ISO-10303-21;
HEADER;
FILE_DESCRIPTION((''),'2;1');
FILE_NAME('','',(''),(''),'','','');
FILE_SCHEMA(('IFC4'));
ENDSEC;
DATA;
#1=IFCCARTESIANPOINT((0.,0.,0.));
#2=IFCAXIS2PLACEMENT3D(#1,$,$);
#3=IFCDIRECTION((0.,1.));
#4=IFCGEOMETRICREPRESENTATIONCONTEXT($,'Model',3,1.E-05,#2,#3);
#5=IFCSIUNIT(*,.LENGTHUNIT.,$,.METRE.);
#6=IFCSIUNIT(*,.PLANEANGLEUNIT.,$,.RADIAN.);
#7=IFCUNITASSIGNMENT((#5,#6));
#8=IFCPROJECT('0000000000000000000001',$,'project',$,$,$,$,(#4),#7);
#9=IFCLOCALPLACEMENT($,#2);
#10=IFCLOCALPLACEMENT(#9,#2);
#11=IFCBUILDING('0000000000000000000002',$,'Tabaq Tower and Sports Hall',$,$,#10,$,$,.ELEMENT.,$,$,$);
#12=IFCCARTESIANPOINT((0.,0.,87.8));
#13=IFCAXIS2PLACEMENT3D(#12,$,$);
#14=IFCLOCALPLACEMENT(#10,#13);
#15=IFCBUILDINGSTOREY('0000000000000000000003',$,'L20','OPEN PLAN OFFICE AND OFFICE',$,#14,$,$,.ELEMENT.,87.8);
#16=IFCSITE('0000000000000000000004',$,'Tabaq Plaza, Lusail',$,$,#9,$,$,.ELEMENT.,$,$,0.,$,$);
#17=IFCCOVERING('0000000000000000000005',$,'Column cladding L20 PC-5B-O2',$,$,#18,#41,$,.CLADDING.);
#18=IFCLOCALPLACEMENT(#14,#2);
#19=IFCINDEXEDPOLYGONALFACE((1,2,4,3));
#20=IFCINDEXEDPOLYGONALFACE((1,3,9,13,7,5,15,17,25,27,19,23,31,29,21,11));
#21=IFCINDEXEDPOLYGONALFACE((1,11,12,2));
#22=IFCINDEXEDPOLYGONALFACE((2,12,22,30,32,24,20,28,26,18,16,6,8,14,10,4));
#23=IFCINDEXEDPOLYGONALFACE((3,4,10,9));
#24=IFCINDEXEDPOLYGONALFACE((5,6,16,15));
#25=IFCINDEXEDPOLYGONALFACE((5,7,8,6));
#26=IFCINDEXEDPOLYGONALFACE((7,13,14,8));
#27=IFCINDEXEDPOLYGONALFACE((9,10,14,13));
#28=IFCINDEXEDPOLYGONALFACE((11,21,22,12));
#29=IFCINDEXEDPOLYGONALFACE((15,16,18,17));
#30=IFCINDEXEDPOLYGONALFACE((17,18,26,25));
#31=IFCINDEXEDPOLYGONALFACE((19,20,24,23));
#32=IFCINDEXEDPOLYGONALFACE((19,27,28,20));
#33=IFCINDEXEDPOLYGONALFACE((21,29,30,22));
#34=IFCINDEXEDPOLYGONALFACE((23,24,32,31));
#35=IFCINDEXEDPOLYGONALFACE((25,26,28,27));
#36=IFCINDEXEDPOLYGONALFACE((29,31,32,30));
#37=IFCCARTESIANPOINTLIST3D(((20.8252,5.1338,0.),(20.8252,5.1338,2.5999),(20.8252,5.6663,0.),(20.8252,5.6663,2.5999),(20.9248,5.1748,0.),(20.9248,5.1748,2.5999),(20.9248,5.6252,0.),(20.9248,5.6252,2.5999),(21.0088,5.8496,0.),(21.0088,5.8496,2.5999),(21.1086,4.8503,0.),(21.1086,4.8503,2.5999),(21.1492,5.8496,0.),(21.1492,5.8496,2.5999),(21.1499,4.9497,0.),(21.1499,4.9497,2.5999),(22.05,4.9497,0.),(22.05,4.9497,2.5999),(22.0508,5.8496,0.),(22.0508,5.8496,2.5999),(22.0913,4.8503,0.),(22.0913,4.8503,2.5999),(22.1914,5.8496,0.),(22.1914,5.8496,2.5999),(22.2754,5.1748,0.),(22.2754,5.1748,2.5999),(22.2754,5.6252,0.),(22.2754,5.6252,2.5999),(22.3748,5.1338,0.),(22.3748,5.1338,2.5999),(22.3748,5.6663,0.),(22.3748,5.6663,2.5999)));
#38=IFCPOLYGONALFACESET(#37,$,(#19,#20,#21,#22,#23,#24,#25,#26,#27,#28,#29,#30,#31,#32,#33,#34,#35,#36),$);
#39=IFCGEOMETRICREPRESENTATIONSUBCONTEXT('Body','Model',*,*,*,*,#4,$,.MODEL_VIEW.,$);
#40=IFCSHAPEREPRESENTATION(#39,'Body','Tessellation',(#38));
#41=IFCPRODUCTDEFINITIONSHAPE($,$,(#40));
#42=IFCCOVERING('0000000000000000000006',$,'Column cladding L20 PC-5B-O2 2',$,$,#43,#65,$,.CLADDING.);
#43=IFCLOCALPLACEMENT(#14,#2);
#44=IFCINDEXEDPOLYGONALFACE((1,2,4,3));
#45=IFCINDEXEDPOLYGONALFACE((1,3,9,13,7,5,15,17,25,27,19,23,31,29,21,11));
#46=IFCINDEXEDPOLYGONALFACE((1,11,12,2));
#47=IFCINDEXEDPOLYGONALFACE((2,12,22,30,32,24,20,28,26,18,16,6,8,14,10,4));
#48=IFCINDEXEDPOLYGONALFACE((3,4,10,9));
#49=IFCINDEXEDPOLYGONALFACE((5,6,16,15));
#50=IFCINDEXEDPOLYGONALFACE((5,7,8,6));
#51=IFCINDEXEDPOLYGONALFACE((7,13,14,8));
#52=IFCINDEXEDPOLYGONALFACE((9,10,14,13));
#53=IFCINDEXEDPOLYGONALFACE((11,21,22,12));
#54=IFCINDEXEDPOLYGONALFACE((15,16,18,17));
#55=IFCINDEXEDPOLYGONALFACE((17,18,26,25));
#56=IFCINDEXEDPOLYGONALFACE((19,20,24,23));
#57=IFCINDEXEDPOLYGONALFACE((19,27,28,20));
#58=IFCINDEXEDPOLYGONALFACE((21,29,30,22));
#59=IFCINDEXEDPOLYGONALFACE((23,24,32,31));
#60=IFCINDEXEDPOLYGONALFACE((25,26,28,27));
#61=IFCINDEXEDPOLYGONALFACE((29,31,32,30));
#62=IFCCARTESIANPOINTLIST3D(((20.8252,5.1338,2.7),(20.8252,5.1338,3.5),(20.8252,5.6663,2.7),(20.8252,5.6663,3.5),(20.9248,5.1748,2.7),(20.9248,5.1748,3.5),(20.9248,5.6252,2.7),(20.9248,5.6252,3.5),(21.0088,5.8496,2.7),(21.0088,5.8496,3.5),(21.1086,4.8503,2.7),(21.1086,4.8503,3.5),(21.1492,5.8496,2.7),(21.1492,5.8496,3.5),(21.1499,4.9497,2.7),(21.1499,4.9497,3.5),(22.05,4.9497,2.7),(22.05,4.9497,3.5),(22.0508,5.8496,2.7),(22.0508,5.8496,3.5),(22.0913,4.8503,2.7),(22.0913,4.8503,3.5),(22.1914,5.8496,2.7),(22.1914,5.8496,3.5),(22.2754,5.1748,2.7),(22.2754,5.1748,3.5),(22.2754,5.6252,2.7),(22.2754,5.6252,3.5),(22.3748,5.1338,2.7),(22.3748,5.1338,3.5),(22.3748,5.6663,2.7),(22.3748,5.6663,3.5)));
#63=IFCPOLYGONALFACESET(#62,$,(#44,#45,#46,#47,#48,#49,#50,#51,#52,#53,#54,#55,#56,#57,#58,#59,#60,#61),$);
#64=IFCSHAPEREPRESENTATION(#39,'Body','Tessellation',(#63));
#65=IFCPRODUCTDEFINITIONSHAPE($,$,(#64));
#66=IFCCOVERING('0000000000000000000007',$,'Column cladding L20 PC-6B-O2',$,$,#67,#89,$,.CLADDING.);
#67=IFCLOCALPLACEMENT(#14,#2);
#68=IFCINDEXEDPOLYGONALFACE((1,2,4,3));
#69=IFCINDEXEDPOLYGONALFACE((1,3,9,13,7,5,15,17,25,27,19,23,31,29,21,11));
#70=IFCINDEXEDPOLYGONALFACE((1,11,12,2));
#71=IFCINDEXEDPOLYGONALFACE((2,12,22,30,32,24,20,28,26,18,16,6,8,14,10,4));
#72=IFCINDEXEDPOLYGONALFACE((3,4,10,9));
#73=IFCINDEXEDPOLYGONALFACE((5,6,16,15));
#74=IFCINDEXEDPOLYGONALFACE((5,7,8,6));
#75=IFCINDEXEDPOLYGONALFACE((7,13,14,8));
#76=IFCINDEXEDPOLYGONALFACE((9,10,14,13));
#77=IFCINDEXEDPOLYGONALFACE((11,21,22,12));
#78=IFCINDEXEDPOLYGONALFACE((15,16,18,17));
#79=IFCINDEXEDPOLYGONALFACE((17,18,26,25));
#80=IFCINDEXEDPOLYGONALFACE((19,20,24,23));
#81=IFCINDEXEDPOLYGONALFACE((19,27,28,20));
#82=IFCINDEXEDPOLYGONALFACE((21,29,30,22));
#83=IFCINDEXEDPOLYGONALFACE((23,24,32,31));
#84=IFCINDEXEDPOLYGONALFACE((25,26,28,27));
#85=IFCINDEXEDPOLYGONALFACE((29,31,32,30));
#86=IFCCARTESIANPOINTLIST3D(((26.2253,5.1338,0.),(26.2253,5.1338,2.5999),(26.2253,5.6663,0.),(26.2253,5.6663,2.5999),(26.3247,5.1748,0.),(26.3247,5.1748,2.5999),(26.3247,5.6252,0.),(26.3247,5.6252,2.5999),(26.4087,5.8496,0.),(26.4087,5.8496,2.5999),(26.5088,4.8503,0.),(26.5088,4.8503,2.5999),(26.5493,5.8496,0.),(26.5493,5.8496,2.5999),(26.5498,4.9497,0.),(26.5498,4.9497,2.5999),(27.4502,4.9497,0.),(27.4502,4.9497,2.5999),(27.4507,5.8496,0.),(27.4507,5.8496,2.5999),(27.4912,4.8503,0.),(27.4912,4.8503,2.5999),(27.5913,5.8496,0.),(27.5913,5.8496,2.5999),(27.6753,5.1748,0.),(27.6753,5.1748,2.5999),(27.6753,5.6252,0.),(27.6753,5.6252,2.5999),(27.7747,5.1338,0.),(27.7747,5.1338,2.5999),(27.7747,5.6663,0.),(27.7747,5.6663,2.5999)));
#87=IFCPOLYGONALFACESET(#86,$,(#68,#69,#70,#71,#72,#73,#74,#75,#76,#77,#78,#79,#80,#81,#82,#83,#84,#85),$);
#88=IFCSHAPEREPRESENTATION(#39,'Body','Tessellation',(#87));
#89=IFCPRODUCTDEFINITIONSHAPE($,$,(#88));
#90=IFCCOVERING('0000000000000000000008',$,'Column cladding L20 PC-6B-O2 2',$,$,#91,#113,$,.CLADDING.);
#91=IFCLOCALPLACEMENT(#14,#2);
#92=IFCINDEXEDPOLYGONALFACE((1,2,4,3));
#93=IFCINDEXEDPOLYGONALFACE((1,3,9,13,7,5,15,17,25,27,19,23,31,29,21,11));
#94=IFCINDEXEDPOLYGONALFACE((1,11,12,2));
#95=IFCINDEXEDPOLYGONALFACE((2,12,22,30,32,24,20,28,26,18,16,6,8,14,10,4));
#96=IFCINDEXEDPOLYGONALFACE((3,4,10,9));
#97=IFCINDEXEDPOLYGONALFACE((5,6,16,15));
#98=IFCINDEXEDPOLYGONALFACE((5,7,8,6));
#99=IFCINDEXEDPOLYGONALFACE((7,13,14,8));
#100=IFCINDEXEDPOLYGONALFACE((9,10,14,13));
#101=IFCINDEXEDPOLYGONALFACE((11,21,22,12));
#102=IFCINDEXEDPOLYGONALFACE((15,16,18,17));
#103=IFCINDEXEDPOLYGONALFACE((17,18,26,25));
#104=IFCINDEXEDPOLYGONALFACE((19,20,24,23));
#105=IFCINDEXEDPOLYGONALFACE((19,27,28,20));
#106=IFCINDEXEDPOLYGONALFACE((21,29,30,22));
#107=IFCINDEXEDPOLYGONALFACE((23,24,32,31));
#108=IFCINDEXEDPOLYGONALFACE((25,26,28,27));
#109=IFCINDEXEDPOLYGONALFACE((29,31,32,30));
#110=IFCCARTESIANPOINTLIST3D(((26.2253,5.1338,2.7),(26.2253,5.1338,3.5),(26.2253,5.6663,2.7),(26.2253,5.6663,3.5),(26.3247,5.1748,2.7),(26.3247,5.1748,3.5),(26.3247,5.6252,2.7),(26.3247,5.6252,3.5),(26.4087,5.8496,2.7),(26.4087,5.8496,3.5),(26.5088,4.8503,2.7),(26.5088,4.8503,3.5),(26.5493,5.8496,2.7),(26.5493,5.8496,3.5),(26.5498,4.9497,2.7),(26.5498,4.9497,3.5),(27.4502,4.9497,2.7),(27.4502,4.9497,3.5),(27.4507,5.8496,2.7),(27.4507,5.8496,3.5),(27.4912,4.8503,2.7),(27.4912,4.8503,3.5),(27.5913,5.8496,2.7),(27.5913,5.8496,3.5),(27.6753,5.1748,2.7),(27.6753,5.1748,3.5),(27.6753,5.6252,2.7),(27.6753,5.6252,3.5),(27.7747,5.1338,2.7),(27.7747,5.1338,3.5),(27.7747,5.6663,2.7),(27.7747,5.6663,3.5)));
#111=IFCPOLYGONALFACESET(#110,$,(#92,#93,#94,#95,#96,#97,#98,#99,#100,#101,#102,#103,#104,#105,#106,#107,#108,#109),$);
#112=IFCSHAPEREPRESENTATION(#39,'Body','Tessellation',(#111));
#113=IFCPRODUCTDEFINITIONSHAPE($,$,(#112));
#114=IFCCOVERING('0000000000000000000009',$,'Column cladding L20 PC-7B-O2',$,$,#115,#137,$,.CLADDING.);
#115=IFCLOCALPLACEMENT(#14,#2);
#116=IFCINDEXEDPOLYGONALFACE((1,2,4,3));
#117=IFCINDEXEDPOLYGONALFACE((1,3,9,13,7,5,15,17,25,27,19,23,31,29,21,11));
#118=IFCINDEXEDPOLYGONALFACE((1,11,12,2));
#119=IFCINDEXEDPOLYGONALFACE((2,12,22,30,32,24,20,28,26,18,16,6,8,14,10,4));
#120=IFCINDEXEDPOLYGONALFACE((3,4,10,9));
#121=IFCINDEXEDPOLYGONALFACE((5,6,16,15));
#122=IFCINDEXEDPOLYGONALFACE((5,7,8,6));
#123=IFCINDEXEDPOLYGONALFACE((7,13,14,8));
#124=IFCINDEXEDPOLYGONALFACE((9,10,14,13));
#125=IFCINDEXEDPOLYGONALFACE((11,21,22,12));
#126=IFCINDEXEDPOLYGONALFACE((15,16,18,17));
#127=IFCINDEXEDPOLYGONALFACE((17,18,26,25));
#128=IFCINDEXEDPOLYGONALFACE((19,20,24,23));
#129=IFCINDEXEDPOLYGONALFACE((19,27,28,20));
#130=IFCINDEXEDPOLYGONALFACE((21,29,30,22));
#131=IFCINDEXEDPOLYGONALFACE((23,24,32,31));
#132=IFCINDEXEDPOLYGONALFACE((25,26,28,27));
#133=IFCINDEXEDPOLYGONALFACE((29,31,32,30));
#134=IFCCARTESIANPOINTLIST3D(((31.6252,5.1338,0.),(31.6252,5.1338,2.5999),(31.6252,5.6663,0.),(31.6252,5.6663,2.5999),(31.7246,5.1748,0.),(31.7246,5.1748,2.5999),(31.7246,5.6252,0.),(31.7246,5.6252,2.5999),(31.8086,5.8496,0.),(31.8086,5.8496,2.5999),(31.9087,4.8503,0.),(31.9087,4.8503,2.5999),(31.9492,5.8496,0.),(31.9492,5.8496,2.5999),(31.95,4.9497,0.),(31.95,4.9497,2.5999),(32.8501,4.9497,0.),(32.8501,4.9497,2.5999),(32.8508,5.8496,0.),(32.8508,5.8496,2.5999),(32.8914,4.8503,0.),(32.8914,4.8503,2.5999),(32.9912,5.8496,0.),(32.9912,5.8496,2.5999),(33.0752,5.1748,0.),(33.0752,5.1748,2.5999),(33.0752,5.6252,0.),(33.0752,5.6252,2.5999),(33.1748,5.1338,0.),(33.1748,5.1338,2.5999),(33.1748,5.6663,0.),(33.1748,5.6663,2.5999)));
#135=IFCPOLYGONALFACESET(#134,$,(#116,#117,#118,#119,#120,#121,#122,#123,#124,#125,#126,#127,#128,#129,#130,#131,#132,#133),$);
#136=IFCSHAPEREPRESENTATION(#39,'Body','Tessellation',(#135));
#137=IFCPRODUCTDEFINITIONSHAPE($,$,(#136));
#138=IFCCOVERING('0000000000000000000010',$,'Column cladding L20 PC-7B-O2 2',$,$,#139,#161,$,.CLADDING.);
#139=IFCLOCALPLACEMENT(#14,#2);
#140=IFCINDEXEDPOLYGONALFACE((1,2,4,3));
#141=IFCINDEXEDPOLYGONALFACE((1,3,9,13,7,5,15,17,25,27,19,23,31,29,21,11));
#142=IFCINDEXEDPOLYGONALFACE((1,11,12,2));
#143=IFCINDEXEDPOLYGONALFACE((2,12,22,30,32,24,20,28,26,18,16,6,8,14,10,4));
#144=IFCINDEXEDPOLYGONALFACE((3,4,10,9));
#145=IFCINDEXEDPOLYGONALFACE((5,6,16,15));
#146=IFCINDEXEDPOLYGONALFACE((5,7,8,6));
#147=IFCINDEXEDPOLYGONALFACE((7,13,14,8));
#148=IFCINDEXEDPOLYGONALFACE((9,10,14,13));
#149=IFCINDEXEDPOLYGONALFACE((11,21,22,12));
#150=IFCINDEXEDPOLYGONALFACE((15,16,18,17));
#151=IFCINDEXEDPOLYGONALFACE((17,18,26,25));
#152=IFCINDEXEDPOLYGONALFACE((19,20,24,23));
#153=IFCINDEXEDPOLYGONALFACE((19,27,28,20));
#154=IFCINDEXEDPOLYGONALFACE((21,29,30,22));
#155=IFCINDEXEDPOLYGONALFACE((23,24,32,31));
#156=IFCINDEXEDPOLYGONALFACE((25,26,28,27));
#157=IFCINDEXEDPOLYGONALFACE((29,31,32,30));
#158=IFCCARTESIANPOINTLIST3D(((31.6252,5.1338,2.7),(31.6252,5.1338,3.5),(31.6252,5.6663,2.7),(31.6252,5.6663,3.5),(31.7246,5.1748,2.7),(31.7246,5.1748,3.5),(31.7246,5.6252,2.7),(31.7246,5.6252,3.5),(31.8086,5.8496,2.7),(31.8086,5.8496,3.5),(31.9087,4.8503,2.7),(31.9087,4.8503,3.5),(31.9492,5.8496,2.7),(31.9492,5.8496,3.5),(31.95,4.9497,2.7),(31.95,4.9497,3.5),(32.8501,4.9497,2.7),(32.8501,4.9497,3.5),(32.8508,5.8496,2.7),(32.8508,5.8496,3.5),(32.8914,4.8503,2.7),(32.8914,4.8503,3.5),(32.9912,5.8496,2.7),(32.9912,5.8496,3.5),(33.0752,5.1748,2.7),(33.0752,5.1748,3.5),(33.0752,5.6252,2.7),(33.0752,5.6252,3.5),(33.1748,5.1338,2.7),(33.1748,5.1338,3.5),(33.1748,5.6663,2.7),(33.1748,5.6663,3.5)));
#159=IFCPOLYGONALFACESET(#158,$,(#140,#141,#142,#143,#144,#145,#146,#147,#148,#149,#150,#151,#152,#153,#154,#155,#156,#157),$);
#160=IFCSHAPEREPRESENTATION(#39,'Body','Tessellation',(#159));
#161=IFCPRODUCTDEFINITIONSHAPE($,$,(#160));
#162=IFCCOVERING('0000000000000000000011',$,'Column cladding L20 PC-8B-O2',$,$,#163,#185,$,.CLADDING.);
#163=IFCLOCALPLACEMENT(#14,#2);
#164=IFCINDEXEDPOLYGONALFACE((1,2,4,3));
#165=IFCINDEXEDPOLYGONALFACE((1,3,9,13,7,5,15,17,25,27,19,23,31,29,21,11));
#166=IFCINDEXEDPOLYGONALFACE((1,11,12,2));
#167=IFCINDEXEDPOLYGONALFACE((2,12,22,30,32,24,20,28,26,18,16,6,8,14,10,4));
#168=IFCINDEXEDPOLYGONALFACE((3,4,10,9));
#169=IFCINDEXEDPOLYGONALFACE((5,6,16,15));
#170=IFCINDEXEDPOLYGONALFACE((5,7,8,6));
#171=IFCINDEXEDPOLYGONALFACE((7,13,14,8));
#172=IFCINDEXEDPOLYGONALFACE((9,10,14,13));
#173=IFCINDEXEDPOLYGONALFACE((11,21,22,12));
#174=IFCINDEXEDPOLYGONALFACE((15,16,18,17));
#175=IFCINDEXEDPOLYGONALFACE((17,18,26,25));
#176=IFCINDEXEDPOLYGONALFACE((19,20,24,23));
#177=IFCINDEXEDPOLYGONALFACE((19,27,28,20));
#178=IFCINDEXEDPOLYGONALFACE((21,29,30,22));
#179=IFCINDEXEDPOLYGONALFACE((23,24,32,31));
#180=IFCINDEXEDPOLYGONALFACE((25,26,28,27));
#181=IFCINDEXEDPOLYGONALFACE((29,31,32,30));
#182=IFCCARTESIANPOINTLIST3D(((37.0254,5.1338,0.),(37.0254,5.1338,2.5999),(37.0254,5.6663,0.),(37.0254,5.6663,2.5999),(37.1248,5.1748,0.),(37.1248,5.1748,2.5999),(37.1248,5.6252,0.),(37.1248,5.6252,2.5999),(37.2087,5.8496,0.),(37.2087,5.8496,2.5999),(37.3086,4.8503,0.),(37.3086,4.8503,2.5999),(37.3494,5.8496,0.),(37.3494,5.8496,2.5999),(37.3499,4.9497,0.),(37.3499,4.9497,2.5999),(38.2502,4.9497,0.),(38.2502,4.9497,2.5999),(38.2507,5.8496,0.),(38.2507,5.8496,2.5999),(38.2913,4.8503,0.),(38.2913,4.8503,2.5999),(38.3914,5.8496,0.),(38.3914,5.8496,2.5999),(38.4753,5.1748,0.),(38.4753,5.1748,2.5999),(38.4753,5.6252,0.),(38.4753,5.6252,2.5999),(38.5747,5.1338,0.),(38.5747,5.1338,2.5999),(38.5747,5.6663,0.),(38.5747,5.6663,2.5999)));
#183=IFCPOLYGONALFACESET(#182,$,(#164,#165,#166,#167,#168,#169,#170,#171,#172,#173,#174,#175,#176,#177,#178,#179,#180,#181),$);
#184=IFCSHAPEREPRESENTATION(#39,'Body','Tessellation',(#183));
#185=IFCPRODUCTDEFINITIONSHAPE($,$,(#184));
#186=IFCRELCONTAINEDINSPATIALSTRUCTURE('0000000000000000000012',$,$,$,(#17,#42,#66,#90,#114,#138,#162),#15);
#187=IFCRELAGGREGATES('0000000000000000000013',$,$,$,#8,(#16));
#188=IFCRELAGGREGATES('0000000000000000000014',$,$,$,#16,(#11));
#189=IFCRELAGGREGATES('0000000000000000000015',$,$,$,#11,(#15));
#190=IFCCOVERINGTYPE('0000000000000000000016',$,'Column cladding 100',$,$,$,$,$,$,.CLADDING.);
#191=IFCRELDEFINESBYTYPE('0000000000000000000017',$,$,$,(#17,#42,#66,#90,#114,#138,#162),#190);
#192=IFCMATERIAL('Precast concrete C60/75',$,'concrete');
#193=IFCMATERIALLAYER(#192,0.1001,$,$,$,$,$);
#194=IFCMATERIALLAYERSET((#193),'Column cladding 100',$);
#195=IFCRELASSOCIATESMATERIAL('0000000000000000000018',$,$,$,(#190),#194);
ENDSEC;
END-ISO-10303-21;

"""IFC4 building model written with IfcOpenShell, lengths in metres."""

from ifc_helpers import new_model, si_unit, direction, frame, origin, place, context, subcontext, project, spatial, polyline, outline, extrude, material, layer, layer_set, type_object, element, save


model = new_model("IFC4")

# Units and contexts
model_context = context("Model", 3, precision=1e-05, world=origin(), true_north=direction((0.0, 1.0)))
body_context = subcontext(model_context, "Body", "Model", "MODEL_VIEW")
ifc_project = project(units=[si_unit("LENGTHUNIT", "METRE"), si_unit("PLANEANGLEUNIT", "RADIAN")], contexts=[model_context])

# Site, building, storey
site_placement = place(None, origin())
site = spatial("IfcSite", under=ifc_project, at=site_placement, Name="Tabaq Plaza, Lusail", CompositionType="ELEMENT", RefElevation=0.0)
building_placement = place(site_placement, origin())
building = spatial("IfcBuilding", under=site, at=building_placement, Name="Tabaq Tower and Sports Hall", CompositionType="ELEMENT")
storey_placement = place(building_placement, frame((0.0, 0.0, 87.8)))
storey = spatial("IfcBuildingStorey", under=building, at=storey_placement, Name="L20", Description="OPEN PLAN OFFICE AND OFFICE", CompositionType="ELEMENT", Elevation=87.8)

# Coverings
ifc_material_1 = material(Name="Precast concrete C60/75", Category="concrete")
ifc_layer_1 = layer(ifc_material_1, 0.1001)
ifc_layer_set_1 = layer_set([ifc_layer_1], Name="Column cladding 100")
covering_type = type_object("IfcCoveringType", Name="Column cladding 100", PredefinedType="CLADDING", material=ifc_layer_set_1)
covering_1_placement = place(storey_placement, origin())
element("IfcCovering", 1, at=covering_1_placement, inside=storey, type_object=covering_type, Name="Column cladding L20 PC-5B-O2", PredefinedType="CLADDING", context=body_context, shape_type="SweptSolid", body=[
    extrude(outline(polyline([(20.8252, 5.6663), (21.0088, 5.8496), (21.1492, 5.8496), (20.9248, 5.6252), (20.9248, 5.1748), (21.1499, 4.9497), (22.05, 4.9497), (22.2754, 5.1748), (22.2754, 5.6252), (22.0508, 5.8496), (22.1914, 5.8496), (22.3748, 5.6663), (22.3748, 5.1338), (22.0913, 4.8503), (21.1086, 4.8503), (20.8252, 5.1338), (20.8252, 5.6663)])), origin(), (0.0, 0.0, 1.0), 2.5999),
])
covering_2_placement = place(storey_placement, frame((0.0, 0.0, 2.7)))
element("IfcCovering", 2, at=covering_2_placement, inside=storey, type_object=covering_type, Name="Column cladding L20 PC-5B-O2 2", PredefinedType="CLADDING", context=body_context, shape_type="SweptSolid", body=[
    extrude(outline(polyline([(20.8252, 5.6663), (21.0088, 5.8496), (21.1492, 5.8496), (20.9248, 5.6252), (20.9248, 5.1748), (21.1499, 4.9497), (22.05, 4.9497), (22.2754, 5.1748), (22.2754, 5.6252), (22.0508, 5.8496), (22.1914, 5.8496), (22.3748, 5.6663), (22.3748, 5.1338), (22.0913, 4.8503), (21.1086, 4.8503), (20.8252, 5.1338), (20.8252, 5.6663)])), origin(), (0.0, 0.0, 1.0), 0.8),
])
covering_3_placement = place(storey_placement, origin())
element("IfcCovering", 3, at=covering_3_placement, inside=storey, type_object=covering_type, Name="Column cladding L20 PC-6B-O2", PredefinedType="CLADDING", context=body_context, shape_type="SweptSolid", body=[
    extrude(outline(polyline([(26.2253, 5.6663), (26.4087, 5.8496), (26.5493, 5.8496), (26.3247, 5.6252), (26.3247, 5.1748), (26.5498, 4.9497), (27.4502, 4.9497), (27.6753, 5.1748), (27.6753, 5.6252), (27.4507, 5.8496), (27.5913, 5.8496), (27.7747, 5.6663), (27.7747, 5.1338), (27.4912, 4.8503), (26.5088, 4.8503), (26.2253, 5.1338), (26.2253, 5.6663)])), origin(), (0.0, 0.0, 1.0), 2.5999),
])
covering_4_placement = place(storey_placement, frame((0.0, 0.0, 2.7)))
element("IfcCovering", 4, at=covering_4_placement, inside=storey, type_object=covering_type, Name="Column cladding L20 PC-6B-O2 2", PredefinedType="CLADDING", context=body_context, shape_type="SweptSolid", body=[
    extrude(outline(polyline([(26.2253, 5.6663), (26.4087, 5.8496), (26.5493, 5.8496), (26.3247, 5.6252), (26.3247, 5.1748), (26.5498, 4.9497), (27.4502, 4.9497), (27.6753, 5.1748), (27.6753, 5.6252), (27.4507, 5.8496), (27.5913, 5.8496), (27.7747, 5.6663), (27.7747, 5.1338), (27.4912, 4.8503), (26.5088, 4.8503), (26.2253, 5.1338), (26.2253, 5.6663)])), origin(), (0.0, 0.0, 1.0), 0.8),
])
covering_5_placement = place(storey_placement, origin())
element("IfcCovering", 5, at=covering_5_placement, inside=storey, type_object=covering_type, Name="Column cladding L20 PC-7B-O2", PredefinedType="CLADDING", context=body_context, shape_type="SweptSolid", body=[
    extrude(outline(polyline([(31.6252, 5.6663), (31.8086, 5.8496), (31.9492, 5.8496), (31.7246, 5.6252), (31.7246, 5.1748), (31.95, 4.9497), (32.8501, 4.9497), (33.0752, 5.1748), (33.0752, 5.6252), (32.8508, 5.8496), (32.9912, 5.8496), (33.1748, 5.6663), (33.1748, 5.1338), (32.8914, 4.8503), (31.9087, 4.8503), (31.6252, 5.1338), (31.6252, 5.6663)])), origin(), (0.0, 0.0, 1.0), 2.5999),
])
covering_6_placement = place(storey_placement, frame((0.0, 0.0, 2.7)))
element("IfcCovering", 6, at=covering_6_placement, inside=storey, type_object=covering_type, Name="Column cladding L20 PC-7B-O2 2", PredefinedType="CLADDING", context=body_context, shape_type="SweptSolid", body=[
    extrude(outline(polyline([(31.6252, 5.6663), (31.8086, 5.8496), (31.9492, 5.8496), (31.7246, 5.6252), (31.7246, 5.1748), (31.95, 4.9497), (32.8501, 4.9497), (33.0752, 5.1748), (33.0752, 5.6252), (32.8508, 5.8496), (32.9912, 5.8496), (33.1748, 5.6663), (33.1748, 5.1338), (32.8914, 4.8503), (31.9087, 4.8503), (31.6252, 5.1338), (31.6252, 5.6663)])), origin(), (0.0, 0.0, 1.0), 0.8),
])
covering_7_placement = place(storey_placement, origin())
element("IfcCovering", 7, at=covering_7_placement, inside=storey, type_object=covering_type, Name="Column cladding L20 PC-8B-O2", PredefinedType="CLADDING", context=body_context, shape_type="SweptSolid", body=[
    extrude(outline(polyline([(37.0254, 5.6663), (37.2087, 5.8496), (37.3494, 5.8496), (37.1248, 5.6252), (37.1248, 5.1748), (37.3499, 4.9497), (38.2502, 4.9497), (38.4753, 5.1748), (38.4753, 5.6252), (38.2507, 5.8496), (38.3914, 5.8496), (38.5747, 5.6663), (38.5747, 5.1338), (38.2913, 4.8503), (37.3086, 4.8503), (37.0254, 5.1338), (37.0254, 5.6663)])), origin(), (0.0, 0.0, 1.0), 2.5999),
])

save(model, "model.ifc")
